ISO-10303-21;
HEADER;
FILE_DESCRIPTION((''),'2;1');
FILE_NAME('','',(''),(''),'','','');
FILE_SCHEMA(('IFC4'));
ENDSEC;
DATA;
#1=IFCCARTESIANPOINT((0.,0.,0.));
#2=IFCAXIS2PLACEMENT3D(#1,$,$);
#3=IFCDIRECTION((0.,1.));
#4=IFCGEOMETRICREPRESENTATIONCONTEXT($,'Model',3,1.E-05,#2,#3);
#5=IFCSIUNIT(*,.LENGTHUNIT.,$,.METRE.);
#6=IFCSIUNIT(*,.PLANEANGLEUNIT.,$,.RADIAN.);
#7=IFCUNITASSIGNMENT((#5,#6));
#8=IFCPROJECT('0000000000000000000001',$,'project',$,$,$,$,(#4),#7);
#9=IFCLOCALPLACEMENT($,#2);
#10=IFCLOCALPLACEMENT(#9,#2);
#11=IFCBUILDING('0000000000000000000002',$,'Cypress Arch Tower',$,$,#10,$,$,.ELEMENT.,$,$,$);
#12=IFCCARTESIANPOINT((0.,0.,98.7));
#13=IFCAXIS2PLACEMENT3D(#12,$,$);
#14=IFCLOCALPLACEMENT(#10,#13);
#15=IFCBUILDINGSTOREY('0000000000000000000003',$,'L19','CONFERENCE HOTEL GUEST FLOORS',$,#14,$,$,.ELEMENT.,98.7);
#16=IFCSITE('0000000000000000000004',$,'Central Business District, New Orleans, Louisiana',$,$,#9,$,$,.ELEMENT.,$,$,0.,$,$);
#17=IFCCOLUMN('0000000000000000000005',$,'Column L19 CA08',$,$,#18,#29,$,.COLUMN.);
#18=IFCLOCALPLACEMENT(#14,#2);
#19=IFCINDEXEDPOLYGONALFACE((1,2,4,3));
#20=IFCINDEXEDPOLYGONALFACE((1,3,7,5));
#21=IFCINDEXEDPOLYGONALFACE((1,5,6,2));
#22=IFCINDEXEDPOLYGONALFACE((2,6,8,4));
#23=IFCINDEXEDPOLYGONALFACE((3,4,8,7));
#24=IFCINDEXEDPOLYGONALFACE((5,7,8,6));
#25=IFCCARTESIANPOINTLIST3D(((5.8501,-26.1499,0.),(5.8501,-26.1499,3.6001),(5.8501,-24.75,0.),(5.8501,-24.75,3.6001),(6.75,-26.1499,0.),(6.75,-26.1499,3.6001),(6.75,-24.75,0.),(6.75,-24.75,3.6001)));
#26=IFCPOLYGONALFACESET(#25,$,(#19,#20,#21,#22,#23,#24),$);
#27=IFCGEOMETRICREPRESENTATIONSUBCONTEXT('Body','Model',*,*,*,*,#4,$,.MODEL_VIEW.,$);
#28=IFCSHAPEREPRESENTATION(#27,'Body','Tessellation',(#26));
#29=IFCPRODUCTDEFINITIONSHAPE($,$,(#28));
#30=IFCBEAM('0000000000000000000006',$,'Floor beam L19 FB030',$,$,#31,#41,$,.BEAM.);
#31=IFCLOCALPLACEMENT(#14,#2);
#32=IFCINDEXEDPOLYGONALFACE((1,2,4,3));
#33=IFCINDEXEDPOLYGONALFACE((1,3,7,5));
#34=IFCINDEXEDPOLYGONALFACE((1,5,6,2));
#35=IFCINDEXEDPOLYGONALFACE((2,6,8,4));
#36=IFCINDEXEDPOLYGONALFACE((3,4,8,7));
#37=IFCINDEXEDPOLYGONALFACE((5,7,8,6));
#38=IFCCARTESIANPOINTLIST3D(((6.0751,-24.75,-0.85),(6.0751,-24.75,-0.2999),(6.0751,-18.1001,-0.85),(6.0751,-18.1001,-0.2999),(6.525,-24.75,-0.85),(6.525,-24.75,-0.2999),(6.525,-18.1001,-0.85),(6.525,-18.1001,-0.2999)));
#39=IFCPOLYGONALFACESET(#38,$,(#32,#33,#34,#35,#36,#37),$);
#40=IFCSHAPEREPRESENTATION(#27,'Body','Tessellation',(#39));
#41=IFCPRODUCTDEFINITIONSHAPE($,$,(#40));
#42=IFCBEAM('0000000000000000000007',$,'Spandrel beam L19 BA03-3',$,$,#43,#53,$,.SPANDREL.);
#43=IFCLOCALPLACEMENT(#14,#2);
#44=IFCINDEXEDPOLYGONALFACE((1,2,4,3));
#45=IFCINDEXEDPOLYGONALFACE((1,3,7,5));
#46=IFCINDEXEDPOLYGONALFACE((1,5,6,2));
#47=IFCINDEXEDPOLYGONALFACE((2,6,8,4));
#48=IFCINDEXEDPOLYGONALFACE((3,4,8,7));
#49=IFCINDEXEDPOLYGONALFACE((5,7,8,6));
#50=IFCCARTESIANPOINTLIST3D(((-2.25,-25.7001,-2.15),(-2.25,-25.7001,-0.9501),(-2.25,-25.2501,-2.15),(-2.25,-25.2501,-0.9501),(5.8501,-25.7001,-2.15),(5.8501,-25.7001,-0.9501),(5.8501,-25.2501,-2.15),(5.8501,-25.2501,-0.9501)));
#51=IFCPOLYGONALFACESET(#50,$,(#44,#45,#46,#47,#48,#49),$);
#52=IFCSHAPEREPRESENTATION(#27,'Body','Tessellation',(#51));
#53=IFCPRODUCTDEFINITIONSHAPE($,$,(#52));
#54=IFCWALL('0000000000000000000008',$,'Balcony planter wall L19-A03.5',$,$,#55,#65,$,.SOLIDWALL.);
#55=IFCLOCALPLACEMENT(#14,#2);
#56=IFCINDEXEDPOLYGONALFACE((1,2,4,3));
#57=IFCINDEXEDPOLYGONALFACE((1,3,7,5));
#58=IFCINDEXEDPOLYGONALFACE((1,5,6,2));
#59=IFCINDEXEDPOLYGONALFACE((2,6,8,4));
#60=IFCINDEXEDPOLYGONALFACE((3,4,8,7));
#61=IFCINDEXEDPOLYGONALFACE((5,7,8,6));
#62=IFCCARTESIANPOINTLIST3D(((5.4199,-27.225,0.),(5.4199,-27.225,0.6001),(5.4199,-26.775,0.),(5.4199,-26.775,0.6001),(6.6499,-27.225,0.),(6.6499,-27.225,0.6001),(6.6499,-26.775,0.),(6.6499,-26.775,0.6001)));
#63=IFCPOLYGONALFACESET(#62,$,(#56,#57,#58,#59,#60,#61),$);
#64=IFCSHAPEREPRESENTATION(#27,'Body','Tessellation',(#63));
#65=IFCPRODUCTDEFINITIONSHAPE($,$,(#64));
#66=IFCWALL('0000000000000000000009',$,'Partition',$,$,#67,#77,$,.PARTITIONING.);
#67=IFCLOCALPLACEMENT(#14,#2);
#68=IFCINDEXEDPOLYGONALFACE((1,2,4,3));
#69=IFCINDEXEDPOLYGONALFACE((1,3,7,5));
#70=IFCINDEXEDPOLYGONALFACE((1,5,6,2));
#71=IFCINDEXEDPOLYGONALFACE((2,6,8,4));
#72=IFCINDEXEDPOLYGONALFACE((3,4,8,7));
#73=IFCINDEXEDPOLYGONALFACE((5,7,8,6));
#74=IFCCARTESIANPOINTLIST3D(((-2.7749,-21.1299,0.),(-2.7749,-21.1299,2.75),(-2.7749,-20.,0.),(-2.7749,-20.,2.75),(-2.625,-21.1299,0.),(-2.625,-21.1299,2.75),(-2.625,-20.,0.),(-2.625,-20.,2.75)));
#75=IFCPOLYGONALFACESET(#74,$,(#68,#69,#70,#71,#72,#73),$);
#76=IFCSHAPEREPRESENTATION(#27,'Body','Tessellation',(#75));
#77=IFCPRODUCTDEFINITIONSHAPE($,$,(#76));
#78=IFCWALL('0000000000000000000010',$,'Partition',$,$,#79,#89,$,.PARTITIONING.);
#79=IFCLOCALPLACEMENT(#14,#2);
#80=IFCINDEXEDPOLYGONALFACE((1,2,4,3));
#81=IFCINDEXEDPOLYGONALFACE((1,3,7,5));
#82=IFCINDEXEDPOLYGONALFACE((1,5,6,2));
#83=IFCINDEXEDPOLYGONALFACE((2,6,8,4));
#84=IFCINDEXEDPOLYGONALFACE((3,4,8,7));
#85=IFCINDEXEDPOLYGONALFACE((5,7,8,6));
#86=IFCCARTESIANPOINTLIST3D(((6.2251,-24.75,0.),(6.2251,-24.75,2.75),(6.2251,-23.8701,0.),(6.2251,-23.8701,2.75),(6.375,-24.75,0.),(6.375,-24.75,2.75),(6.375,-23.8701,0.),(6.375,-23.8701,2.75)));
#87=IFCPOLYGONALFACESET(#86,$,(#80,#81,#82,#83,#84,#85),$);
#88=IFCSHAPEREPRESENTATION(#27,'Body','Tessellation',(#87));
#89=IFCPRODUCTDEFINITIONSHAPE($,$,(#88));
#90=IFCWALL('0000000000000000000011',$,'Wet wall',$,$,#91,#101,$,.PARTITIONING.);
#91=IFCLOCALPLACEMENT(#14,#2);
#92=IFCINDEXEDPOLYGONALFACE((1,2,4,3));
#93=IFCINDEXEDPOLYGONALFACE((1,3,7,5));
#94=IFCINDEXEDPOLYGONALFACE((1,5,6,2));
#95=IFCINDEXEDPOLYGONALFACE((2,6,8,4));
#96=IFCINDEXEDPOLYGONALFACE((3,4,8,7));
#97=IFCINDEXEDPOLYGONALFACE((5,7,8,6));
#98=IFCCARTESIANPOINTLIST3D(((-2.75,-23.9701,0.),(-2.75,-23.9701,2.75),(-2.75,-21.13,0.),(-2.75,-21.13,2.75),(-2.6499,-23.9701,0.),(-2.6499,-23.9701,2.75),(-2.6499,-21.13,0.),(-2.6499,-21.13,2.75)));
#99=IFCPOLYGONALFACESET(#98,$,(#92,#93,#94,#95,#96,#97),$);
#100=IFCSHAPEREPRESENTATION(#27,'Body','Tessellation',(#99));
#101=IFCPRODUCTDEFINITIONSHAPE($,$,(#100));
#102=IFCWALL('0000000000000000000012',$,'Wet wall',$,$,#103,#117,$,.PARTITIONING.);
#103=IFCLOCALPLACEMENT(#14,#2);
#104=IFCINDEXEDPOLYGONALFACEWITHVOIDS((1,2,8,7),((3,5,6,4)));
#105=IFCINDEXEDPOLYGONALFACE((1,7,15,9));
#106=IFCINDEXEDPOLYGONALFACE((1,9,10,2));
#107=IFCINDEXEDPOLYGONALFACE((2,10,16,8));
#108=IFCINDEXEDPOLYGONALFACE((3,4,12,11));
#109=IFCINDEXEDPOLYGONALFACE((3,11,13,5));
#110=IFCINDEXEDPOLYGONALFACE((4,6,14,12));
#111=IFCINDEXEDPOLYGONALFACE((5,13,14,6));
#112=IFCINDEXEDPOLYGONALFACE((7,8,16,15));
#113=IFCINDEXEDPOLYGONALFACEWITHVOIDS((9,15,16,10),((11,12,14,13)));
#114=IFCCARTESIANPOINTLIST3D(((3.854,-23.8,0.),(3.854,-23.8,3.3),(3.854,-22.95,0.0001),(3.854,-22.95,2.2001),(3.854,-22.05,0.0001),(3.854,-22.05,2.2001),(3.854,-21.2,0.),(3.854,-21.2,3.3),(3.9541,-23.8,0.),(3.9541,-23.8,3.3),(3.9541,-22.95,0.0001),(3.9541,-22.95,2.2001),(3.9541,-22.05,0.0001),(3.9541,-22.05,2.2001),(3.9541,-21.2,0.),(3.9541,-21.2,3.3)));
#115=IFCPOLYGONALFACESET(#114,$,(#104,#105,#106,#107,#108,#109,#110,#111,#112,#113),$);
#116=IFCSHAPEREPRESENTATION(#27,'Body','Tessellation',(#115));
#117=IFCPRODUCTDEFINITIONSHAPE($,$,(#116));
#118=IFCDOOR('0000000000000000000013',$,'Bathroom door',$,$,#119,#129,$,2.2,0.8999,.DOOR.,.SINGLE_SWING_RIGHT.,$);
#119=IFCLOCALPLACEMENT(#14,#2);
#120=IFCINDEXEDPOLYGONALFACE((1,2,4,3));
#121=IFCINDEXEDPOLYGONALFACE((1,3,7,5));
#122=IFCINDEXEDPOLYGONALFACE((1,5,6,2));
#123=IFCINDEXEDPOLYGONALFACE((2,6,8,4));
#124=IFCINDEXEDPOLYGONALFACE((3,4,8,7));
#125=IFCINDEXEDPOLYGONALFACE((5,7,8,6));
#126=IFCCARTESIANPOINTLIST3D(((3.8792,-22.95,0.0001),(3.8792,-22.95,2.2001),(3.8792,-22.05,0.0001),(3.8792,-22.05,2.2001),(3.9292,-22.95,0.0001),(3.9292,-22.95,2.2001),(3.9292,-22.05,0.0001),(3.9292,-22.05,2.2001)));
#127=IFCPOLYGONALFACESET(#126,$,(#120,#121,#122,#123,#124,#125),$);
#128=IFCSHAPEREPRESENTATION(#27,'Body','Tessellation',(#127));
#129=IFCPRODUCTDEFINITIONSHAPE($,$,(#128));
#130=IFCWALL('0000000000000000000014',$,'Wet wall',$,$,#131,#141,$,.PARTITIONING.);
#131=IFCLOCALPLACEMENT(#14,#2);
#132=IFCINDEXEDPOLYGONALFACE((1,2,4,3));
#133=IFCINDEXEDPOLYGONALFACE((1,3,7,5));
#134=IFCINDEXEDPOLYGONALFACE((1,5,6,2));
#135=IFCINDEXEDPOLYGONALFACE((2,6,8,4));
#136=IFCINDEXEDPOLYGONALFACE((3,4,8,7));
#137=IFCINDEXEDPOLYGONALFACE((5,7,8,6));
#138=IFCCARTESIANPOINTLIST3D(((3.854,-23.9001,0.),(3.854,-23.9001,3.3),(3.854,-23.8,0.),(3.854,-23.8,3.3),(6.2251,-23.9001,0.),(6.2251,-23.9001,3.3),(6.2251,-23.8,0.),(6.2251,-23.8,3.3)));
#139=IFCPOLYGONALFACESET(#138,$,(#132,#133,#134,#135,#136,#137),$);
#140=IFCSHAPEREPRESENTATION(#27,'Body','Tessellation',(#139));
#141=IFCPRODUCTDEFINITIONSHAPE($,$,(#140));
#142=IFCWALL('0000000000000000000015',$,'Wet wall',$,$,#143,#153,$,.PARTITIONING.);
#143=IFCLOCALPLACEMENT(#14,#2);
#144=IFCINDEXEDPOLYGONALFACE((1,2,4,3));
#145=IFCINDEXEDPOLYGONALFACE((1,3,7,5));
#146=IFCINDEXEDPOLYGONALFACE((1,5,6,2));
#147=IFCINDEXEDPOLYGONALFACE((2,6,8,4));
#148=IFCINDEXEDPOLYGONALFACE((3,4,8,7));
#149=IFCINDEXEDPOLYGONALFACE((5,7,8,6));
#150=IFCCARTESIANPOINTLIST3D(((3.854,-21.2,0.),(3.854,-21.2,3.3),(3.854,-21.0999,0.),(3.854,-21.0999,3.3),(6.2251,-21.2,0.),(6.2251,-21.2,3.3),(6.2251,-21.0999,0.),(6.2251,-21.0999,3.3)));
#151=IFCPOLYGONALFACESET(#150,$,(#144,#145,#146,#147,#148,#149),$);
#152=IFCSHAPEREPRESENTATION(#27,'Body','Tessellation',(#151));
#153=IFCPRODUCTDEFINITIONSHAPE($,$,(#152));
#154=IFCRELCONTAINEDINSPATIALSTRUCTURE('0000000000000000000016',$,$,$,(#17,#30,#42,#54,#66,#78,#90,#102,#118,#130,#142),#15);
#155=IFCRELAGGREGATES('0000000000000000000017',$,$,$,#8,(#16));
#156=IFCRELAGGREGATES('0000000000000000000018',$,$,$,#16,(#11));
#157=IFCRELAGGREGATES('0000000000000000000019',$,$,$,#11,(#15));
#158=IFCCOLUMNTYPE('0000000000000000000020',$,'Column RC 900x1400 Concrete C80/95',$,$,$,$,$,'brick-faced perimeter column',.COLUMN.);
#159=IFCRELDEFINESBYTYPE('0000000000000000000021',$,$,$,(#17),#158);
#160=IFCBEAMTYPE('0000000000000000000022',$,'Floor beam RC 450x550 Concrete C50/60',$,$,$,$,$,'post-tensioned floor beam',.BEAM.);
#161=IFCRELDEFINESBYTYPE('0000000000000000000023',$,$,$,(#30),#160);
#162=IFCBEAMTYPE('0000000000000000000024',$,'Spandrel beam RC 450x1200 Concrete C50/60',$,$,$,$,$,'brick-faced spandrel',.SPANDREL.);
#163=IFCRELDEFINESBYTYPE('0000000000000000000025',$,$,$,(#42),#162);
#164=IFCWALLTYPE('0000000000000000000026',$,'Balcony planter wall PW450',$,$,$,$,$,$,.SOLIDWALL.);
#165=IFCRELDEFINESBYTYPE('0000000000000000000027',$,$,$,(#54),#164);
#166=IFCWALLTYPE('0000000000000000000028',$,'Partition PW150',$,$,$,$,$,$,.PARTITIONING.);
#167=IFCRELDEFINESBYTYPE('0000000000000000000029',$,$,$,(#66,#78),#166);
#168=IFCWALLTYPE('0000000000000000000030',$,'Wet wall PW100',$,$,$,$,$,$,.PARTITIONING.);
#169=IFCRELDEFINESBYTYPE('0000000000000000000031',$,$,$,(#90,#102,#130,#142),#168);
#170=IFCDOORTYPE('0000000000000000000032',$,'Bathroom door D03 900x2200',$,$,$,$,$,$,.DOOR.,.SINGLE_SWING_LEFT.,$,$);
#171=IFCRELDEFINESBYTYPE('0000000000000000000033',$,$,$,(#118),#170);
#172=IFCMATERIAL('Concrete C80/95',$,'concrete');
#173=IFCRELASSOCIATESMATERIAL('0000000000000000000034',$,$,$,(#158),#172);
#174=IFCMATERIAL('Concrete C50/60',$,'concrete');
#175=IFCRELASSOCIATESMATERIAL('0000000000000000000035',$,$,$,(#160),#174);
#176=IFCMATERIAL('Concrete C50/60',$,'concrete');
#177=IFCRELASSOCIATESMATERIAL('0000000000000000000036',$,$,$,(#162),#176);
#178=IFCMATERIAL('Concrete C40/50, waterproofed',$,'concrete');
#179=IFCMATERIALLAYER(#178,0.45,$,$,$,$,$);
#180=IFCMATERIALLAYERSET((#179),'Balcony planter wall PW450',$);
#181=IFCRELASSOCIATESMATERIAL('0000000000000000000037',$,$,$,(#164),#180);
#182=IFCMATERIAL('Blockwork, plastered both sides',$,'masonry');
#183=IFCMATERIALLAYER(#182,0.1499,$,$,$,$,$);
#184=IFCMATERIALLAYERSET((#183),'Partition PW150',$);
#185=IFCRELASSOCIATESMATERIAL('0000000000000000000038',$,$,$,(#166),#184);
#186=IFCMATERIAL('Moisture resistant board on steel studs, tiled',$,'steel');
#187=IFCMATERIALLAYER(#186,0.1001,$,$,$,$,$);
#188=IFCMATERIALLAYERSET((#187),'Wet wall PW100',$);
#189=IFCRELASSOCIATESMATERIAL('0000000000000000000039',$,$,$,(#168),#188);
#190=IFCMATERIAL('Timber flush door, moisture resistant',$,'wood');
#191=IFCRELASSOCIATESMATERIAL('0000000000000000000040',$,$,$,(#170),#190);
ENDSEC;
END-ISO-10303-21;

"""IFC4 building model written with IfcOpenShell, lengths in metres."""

from ifc_helpers import new_model, si_unit, direction, frame, frame_2d, origin, origin_2d, place, context, subcontext, project, spatial, rectangle, extrude, material, layer, layer_set, material_profile, profile_set, type_object, element, fill, save


model = new_model("IFC4")

# Units and contexts
model_context = context("Model", 3, precision=1e-05, world=origin(), true_north=direction((0.0, 1.0)))
body_context = subcontext(model_context, "Body", "Model", "MODEL_VIEW")
ifc_project = project(units=[si_unit("LENGTHUNIT", "METRE"), si_unit("PLANEANGLEUNIT", "RADIAN")], contexts=[model_context])

# Site, building, storey
site_placement = place(None, origin())
site = spatial("IfcSite", under=ifc_project, at=site_placement, Name="Central Business District, New Orleans, Louisiana", CompositionType="ELEMENT", RefElevation=0.0)
building_placement = place(site_placement, origin())
building = spatial("IfcBuilding", under=site, at=building_placement, Name="Cypress Arch Tower", CompositionType="ELEMENT")
storey_placement = place(building_placement, frame((0.0, 0.0, 98.7)))
storey = spatial("IfcBuildingStorey", under=building, at=storey_placement, Name="L19", Description="CONFERENCE HOTEL GUEST FLOORS", CompositionType="ELEMENT", Elevation=98.7)

# Column
ifc_material_1 = material(Name="Concrete C80/95", Category="concrete")
ifc_material_profile_1 = material_profile(ifc_material_1, rectangle(XDim=0.8999, YDim=1.3999, at=origin_2d()), Name="RC 900x1400")
ifc_profile_set_1 = profile_set([ifc_material_profile_1], Name="Concrete C80/95")
column_type = type_object("IfcColumnType", Name="Column RC 900x1400 Concrete C80/95", ElementType="brick-faced perimeter column", PredefinedType="COLUMN", material=ifc_profile_set_1)
column_placement = place(storey_placement, frame((6.3, -25.45, 0.0), z_axis=(0.0, 0.0, 1.0), x_axis=(1.0, 0.0, 0.0)))
element("IfcColumn", 1, at=column_placement, inside=storey, type_object=column_type, Name="Column L19 CA08", PredefinedType="COLUMN", context=body_context, shape_type="SweptSolid", body=[
    extrude(rectangle(XDim=0.8999, YDim=1.3999, at=origin_2d()), origin(), (0.0, 0.0, 1.0), 3.6001),
])

# Beams
ifc_material_2 = material(Name="Concrete C50/60", Category="concrete")
ifc_material_profile_2 = material_profile(ifc_material_2, rectangle(XDim=0.45, YDim=0.55, at=origin_2d()), Name="RC 450x550")
ifc_profile_set_2 = profile_set([ifc_material_profile_2], Name="Concrete C50/60")
beam_type_1 = type_object("IfcBeamType", Name="Floor beam RC 450x550 Concrete C50/60", ElementType="post-tensioned floor beam", PredefinedType="BEAM", material=ifc_profile_set_2)
beam_1_placement = place(storey_placement, frame((6.3, -24.75, -0.575), z_axis=(0.0, 1.0, 0.0), x_axis=(-1.0, 0.0, 0.0)))
element("IfcBeam", 2, at=beam_1_placement, inside=storey, type_object=beam_type_1, Name="Floor beam L19 FB030", PredefinedType="BEAM", context=body_context, shape_type="SweptSolid", body=[
    extrude(rectangle(XDim=0.45, YDim=0.55, at=origin_2d()), origin(), (0.0, 0.0, 1.0), 6.6499),
])
ifc_material_3 = material(Name="Concrete C50/60", Category="concrete")
ifc_material_profile_3 = material_profile(ifc_material_3, rectangle(XDim=0.45, YDim=1.2, at=origin_2d()), Name="RC 450x1200")
ifc_profile_set_3 = profile_set([ifc_material_profile_3], Name="Concrete C50/60")
beam_type_2 = type_object("IfcBeamType", Name="Spandrel beam RC 450x1200 Concrete C50/60", ElementType="brick-faced spandrel", PredefinedType="SPANDREL", material=ifc_profile_set_3)
beam_2_placement = place(storey_placement, frame((-2.25, -25.4751, -1.55), z_axis=(1.0, 0.0, 0.0), x_axis=(0.0, 1.0, 0.0)))
element("IfcBeam", 3, at=beam_2_placement, inside=storey, type_object=beam_type_2, Name="Spandrel beam L19 BA03-3", PredefinedType="SPANDREL", context=body_context, shape_type="SweptSolid", body=[
    extrude(rectangle(XDim=0.45, YDim=1.2, at=origin_2d()), origin(), (0.0, 0.0, 1.0), 8.1001),
])

# Wall
ifc_material_4 = material(Name="Concrete C40/50, waterproofed", Category="concrete")
ifc_layer_1 = layer(ifc_material_4, 0.45)
ifc_layer_set_1 = layer_set([ifc_layer_1], Name="Balcony planter wall PW450")
wall_type_1 = type_object("IfcWallType", Name="Balcony planter wall PW450", PredefinedType="SOLIDWALL", material=ifc_layer_set_1)
wall_1_placement = place(storey_placement, frame((5.4199, -27.0, 0.0), z_axis=(0.0, 0.0, 1.0), x_axis=(1.0, 0.0, 0.0)))
element("IfcWall", 4, at=wall_1_placement, inside=storey, type_object=wall_type_1, Name="Balcony planter wall L19-A03.5", PredefinedType="SOLIDWALL", context=body_context, shape_type="SweptSolid", body=[
    extrude(rectangle(XDim=1.23, YDim=0.45, at=frame_2d((0.615, 0.0))), origin(), (0.0, 0.0, 1.0), 0.6001),
])

# Walls
ifc_material_5 = material(Name="Blockwork, plastered both sides", Category="masonry")
ifc_layer_2 = layer(ifc_material_5, 0.1499)
ifc_layer_set_2 = layer_set([ifc_layer_2], Name="Partition PW150")
wall_type_2 = type_object("IfcWallType", Name="Partition PW150", PredefinedType="PARTITIONING", material=ifc_layer_set_2)
wall_2_placement = place(storey_placement, frame((-2.7, -21.1299, 0.0), z_axis=(0.0, 0.0, 1.0), x_axis=(0.0, 1.0, 0.0)))
element("IfcWall", 5, at=wall_2_placement, inside=storey, type_object=wall_type_2, Name="Partition", PredefinedType="PARTITIONING", context=body_context, shape_type="SweptSolid", body=[
    extrude(rectangle(XDim=1.1299, YDim=0.1499, at=frame_2d((0.5649, 0.0))), origin(), (0.0, 0.0, 1.0), 2.75),
])
wall_3_placement = place(storey_placement, frame((6.3, -24.75, 0.0), z_axis=(0.0, 0.0, 1.0), x_axis=(0.0, 1.0, 0.0)))
element("IfcWall", 6, at=wall_3_placement, inside=storey, type_object=wall_type_2, Name="Partition", PredefinedType="PARTITIONING", context=body_context, shape_type="SweptSolid", body=[
    extrude(rectangle(XDim=0.8799, YDim=0.1499, at=frame_2d((0.4399, 0.0))), origin(), (0.0, 0.0, 1.0), 2.75),
])
ifc_material_6 = material(Name="Moisture resistant board on steel studs, tiled", Category="steel")
ifc_layer_3 = layer(ifc_material_6, 0.1001)
ifc_layer_set_3 = layer_set([ifc_layer_3], Name="Wet wall PW100")
wall_type_3 = type_object("IfcWallType", Name="Wet wall PW100", PredefinedType="PARTITIONING", material=ifc_layer_set_3)
wall_4_placement = place(storey_placement, frame((-2.7, -23.97, 0.0), z_axis=(0.0, 0.0, 1.0), x_axis=(0.0, 1.0, 0.0)))
element("IfcWall", 7, at=wall_4_placement, inside=storey, type_object=wall_type_3, Name="Wet wall", PredefinedType="PARTITIONING", context=body_context, shape_type="SweptSolid", body=[
    extrude(rectangle(XDim=2.8401, YDim=0.1001, at=frame_2d((1.4199, 0.0))), origin(), (0.0, 0.0, 1.0), 2.75),
])

# Wall, opening, door
wall_5_placement = place(storey_placement, frame((3.9041, -23.8, 0.0), z_axis=(0.0, 0.0, 1.0), x_axis=(0.0, 1.0, 0.0)))
wall_5 = element("IfcWall", 8, at=wall_5_placement, inside=storey, type_object=wall_type_3, Name="Wet wall", PredefinedType="PARTITIONING", context=body_context, shape_type="SweptSolid", body=[
    extrude(rectangle(XDim=2.6001, YDim=0.1001, at=frame_2d((1.3, 0.0))), origin(), (0.0, 0.0, 1.0), 3.3),
])
opening_1_placement = place(wall_5_placement, frame((0.8501, 0.0, 0.0)))
opening_1 = element("IfcOpeningElement", 9, at=opening_1_placement, cuts=wall_5, PredefinedType="OPENING", context=body_context, shape_type="SweptSolid", body=[
    extrude(rectangle(XDim=0.8999, YDim=2.2, at=frame_2d((0.45, 1.1001))), frame((0.0, 0.0601, 0.0), z_axis=(0.0, -1.0, 0.0), x_axis=(1.0, 0.0, 0.0)), (0.0, 0.0, 1.0), 0.1201),
])
ifc_material_7 = material(Name="Timber flush door, moisture resistant", Category="wood")
door_type_1 = type_object("IfcDoorType", Name="Bathroom door D03 900x2200", OperationType="SINGLE_SWING_LEFT", PredefinedType="DOOR", material=ifc_material_7)
door_1_placement = place(opening_1_placement, origin())
door_1 = element("IfcDoor", 10, at=door_1_placement, inside=storey, type_object=door_type_1, Name="Bathroom door", OperationType="SINGLE_SWING_RIGHT", OverallHeight=2.2, OverallWidth=0.8999, PredefinedType="DOOR", context=body_context, shape_type="SweptSolid", body=[
    extrude(rectangle(XDim=0.8999, YDim=2.2, at=frame_2d((0.45, 1.1001))), frame((0.0, 0.0249, 0.0), z_axis=(0.0, -1.0, 0.0), x_axis=(1.0, 0.0, 0.0)), (0.0, 0.0, 1.0), 0.05),
])
fill(opening_1, door_1)

# Walls
for number, where, z_axis, x_axis, name in (
    (11, (3.854, -23.8501, 0.0), (0.0, 0.0, 1.0), (1.0, 0.0, 0.0), "Wet wall"),
    (12, (3.854, -21.1499, 0.0), (0.0, 0.0, 1.0), (1.0, 0.0, 0.0), "Wet wall"),
):
    element("IfcWall", number, at=place(storey_placement, frame(where, z_axis=z_axis, x_axis=x_axis)), inside=storey, type_object=wall_type_3, Name=name, PredefinedType="PARTITIONING", context=body_context, shape_type="SweptSolid", body=[
        extrude(rectangle(XDim=2.3711, YDim=0.1001, at=frame_2d((1.1855, 0.0))), origin(), (0.0, 0.0, 1.0), 3.3),
    ])

save(model, "model.ifc")
